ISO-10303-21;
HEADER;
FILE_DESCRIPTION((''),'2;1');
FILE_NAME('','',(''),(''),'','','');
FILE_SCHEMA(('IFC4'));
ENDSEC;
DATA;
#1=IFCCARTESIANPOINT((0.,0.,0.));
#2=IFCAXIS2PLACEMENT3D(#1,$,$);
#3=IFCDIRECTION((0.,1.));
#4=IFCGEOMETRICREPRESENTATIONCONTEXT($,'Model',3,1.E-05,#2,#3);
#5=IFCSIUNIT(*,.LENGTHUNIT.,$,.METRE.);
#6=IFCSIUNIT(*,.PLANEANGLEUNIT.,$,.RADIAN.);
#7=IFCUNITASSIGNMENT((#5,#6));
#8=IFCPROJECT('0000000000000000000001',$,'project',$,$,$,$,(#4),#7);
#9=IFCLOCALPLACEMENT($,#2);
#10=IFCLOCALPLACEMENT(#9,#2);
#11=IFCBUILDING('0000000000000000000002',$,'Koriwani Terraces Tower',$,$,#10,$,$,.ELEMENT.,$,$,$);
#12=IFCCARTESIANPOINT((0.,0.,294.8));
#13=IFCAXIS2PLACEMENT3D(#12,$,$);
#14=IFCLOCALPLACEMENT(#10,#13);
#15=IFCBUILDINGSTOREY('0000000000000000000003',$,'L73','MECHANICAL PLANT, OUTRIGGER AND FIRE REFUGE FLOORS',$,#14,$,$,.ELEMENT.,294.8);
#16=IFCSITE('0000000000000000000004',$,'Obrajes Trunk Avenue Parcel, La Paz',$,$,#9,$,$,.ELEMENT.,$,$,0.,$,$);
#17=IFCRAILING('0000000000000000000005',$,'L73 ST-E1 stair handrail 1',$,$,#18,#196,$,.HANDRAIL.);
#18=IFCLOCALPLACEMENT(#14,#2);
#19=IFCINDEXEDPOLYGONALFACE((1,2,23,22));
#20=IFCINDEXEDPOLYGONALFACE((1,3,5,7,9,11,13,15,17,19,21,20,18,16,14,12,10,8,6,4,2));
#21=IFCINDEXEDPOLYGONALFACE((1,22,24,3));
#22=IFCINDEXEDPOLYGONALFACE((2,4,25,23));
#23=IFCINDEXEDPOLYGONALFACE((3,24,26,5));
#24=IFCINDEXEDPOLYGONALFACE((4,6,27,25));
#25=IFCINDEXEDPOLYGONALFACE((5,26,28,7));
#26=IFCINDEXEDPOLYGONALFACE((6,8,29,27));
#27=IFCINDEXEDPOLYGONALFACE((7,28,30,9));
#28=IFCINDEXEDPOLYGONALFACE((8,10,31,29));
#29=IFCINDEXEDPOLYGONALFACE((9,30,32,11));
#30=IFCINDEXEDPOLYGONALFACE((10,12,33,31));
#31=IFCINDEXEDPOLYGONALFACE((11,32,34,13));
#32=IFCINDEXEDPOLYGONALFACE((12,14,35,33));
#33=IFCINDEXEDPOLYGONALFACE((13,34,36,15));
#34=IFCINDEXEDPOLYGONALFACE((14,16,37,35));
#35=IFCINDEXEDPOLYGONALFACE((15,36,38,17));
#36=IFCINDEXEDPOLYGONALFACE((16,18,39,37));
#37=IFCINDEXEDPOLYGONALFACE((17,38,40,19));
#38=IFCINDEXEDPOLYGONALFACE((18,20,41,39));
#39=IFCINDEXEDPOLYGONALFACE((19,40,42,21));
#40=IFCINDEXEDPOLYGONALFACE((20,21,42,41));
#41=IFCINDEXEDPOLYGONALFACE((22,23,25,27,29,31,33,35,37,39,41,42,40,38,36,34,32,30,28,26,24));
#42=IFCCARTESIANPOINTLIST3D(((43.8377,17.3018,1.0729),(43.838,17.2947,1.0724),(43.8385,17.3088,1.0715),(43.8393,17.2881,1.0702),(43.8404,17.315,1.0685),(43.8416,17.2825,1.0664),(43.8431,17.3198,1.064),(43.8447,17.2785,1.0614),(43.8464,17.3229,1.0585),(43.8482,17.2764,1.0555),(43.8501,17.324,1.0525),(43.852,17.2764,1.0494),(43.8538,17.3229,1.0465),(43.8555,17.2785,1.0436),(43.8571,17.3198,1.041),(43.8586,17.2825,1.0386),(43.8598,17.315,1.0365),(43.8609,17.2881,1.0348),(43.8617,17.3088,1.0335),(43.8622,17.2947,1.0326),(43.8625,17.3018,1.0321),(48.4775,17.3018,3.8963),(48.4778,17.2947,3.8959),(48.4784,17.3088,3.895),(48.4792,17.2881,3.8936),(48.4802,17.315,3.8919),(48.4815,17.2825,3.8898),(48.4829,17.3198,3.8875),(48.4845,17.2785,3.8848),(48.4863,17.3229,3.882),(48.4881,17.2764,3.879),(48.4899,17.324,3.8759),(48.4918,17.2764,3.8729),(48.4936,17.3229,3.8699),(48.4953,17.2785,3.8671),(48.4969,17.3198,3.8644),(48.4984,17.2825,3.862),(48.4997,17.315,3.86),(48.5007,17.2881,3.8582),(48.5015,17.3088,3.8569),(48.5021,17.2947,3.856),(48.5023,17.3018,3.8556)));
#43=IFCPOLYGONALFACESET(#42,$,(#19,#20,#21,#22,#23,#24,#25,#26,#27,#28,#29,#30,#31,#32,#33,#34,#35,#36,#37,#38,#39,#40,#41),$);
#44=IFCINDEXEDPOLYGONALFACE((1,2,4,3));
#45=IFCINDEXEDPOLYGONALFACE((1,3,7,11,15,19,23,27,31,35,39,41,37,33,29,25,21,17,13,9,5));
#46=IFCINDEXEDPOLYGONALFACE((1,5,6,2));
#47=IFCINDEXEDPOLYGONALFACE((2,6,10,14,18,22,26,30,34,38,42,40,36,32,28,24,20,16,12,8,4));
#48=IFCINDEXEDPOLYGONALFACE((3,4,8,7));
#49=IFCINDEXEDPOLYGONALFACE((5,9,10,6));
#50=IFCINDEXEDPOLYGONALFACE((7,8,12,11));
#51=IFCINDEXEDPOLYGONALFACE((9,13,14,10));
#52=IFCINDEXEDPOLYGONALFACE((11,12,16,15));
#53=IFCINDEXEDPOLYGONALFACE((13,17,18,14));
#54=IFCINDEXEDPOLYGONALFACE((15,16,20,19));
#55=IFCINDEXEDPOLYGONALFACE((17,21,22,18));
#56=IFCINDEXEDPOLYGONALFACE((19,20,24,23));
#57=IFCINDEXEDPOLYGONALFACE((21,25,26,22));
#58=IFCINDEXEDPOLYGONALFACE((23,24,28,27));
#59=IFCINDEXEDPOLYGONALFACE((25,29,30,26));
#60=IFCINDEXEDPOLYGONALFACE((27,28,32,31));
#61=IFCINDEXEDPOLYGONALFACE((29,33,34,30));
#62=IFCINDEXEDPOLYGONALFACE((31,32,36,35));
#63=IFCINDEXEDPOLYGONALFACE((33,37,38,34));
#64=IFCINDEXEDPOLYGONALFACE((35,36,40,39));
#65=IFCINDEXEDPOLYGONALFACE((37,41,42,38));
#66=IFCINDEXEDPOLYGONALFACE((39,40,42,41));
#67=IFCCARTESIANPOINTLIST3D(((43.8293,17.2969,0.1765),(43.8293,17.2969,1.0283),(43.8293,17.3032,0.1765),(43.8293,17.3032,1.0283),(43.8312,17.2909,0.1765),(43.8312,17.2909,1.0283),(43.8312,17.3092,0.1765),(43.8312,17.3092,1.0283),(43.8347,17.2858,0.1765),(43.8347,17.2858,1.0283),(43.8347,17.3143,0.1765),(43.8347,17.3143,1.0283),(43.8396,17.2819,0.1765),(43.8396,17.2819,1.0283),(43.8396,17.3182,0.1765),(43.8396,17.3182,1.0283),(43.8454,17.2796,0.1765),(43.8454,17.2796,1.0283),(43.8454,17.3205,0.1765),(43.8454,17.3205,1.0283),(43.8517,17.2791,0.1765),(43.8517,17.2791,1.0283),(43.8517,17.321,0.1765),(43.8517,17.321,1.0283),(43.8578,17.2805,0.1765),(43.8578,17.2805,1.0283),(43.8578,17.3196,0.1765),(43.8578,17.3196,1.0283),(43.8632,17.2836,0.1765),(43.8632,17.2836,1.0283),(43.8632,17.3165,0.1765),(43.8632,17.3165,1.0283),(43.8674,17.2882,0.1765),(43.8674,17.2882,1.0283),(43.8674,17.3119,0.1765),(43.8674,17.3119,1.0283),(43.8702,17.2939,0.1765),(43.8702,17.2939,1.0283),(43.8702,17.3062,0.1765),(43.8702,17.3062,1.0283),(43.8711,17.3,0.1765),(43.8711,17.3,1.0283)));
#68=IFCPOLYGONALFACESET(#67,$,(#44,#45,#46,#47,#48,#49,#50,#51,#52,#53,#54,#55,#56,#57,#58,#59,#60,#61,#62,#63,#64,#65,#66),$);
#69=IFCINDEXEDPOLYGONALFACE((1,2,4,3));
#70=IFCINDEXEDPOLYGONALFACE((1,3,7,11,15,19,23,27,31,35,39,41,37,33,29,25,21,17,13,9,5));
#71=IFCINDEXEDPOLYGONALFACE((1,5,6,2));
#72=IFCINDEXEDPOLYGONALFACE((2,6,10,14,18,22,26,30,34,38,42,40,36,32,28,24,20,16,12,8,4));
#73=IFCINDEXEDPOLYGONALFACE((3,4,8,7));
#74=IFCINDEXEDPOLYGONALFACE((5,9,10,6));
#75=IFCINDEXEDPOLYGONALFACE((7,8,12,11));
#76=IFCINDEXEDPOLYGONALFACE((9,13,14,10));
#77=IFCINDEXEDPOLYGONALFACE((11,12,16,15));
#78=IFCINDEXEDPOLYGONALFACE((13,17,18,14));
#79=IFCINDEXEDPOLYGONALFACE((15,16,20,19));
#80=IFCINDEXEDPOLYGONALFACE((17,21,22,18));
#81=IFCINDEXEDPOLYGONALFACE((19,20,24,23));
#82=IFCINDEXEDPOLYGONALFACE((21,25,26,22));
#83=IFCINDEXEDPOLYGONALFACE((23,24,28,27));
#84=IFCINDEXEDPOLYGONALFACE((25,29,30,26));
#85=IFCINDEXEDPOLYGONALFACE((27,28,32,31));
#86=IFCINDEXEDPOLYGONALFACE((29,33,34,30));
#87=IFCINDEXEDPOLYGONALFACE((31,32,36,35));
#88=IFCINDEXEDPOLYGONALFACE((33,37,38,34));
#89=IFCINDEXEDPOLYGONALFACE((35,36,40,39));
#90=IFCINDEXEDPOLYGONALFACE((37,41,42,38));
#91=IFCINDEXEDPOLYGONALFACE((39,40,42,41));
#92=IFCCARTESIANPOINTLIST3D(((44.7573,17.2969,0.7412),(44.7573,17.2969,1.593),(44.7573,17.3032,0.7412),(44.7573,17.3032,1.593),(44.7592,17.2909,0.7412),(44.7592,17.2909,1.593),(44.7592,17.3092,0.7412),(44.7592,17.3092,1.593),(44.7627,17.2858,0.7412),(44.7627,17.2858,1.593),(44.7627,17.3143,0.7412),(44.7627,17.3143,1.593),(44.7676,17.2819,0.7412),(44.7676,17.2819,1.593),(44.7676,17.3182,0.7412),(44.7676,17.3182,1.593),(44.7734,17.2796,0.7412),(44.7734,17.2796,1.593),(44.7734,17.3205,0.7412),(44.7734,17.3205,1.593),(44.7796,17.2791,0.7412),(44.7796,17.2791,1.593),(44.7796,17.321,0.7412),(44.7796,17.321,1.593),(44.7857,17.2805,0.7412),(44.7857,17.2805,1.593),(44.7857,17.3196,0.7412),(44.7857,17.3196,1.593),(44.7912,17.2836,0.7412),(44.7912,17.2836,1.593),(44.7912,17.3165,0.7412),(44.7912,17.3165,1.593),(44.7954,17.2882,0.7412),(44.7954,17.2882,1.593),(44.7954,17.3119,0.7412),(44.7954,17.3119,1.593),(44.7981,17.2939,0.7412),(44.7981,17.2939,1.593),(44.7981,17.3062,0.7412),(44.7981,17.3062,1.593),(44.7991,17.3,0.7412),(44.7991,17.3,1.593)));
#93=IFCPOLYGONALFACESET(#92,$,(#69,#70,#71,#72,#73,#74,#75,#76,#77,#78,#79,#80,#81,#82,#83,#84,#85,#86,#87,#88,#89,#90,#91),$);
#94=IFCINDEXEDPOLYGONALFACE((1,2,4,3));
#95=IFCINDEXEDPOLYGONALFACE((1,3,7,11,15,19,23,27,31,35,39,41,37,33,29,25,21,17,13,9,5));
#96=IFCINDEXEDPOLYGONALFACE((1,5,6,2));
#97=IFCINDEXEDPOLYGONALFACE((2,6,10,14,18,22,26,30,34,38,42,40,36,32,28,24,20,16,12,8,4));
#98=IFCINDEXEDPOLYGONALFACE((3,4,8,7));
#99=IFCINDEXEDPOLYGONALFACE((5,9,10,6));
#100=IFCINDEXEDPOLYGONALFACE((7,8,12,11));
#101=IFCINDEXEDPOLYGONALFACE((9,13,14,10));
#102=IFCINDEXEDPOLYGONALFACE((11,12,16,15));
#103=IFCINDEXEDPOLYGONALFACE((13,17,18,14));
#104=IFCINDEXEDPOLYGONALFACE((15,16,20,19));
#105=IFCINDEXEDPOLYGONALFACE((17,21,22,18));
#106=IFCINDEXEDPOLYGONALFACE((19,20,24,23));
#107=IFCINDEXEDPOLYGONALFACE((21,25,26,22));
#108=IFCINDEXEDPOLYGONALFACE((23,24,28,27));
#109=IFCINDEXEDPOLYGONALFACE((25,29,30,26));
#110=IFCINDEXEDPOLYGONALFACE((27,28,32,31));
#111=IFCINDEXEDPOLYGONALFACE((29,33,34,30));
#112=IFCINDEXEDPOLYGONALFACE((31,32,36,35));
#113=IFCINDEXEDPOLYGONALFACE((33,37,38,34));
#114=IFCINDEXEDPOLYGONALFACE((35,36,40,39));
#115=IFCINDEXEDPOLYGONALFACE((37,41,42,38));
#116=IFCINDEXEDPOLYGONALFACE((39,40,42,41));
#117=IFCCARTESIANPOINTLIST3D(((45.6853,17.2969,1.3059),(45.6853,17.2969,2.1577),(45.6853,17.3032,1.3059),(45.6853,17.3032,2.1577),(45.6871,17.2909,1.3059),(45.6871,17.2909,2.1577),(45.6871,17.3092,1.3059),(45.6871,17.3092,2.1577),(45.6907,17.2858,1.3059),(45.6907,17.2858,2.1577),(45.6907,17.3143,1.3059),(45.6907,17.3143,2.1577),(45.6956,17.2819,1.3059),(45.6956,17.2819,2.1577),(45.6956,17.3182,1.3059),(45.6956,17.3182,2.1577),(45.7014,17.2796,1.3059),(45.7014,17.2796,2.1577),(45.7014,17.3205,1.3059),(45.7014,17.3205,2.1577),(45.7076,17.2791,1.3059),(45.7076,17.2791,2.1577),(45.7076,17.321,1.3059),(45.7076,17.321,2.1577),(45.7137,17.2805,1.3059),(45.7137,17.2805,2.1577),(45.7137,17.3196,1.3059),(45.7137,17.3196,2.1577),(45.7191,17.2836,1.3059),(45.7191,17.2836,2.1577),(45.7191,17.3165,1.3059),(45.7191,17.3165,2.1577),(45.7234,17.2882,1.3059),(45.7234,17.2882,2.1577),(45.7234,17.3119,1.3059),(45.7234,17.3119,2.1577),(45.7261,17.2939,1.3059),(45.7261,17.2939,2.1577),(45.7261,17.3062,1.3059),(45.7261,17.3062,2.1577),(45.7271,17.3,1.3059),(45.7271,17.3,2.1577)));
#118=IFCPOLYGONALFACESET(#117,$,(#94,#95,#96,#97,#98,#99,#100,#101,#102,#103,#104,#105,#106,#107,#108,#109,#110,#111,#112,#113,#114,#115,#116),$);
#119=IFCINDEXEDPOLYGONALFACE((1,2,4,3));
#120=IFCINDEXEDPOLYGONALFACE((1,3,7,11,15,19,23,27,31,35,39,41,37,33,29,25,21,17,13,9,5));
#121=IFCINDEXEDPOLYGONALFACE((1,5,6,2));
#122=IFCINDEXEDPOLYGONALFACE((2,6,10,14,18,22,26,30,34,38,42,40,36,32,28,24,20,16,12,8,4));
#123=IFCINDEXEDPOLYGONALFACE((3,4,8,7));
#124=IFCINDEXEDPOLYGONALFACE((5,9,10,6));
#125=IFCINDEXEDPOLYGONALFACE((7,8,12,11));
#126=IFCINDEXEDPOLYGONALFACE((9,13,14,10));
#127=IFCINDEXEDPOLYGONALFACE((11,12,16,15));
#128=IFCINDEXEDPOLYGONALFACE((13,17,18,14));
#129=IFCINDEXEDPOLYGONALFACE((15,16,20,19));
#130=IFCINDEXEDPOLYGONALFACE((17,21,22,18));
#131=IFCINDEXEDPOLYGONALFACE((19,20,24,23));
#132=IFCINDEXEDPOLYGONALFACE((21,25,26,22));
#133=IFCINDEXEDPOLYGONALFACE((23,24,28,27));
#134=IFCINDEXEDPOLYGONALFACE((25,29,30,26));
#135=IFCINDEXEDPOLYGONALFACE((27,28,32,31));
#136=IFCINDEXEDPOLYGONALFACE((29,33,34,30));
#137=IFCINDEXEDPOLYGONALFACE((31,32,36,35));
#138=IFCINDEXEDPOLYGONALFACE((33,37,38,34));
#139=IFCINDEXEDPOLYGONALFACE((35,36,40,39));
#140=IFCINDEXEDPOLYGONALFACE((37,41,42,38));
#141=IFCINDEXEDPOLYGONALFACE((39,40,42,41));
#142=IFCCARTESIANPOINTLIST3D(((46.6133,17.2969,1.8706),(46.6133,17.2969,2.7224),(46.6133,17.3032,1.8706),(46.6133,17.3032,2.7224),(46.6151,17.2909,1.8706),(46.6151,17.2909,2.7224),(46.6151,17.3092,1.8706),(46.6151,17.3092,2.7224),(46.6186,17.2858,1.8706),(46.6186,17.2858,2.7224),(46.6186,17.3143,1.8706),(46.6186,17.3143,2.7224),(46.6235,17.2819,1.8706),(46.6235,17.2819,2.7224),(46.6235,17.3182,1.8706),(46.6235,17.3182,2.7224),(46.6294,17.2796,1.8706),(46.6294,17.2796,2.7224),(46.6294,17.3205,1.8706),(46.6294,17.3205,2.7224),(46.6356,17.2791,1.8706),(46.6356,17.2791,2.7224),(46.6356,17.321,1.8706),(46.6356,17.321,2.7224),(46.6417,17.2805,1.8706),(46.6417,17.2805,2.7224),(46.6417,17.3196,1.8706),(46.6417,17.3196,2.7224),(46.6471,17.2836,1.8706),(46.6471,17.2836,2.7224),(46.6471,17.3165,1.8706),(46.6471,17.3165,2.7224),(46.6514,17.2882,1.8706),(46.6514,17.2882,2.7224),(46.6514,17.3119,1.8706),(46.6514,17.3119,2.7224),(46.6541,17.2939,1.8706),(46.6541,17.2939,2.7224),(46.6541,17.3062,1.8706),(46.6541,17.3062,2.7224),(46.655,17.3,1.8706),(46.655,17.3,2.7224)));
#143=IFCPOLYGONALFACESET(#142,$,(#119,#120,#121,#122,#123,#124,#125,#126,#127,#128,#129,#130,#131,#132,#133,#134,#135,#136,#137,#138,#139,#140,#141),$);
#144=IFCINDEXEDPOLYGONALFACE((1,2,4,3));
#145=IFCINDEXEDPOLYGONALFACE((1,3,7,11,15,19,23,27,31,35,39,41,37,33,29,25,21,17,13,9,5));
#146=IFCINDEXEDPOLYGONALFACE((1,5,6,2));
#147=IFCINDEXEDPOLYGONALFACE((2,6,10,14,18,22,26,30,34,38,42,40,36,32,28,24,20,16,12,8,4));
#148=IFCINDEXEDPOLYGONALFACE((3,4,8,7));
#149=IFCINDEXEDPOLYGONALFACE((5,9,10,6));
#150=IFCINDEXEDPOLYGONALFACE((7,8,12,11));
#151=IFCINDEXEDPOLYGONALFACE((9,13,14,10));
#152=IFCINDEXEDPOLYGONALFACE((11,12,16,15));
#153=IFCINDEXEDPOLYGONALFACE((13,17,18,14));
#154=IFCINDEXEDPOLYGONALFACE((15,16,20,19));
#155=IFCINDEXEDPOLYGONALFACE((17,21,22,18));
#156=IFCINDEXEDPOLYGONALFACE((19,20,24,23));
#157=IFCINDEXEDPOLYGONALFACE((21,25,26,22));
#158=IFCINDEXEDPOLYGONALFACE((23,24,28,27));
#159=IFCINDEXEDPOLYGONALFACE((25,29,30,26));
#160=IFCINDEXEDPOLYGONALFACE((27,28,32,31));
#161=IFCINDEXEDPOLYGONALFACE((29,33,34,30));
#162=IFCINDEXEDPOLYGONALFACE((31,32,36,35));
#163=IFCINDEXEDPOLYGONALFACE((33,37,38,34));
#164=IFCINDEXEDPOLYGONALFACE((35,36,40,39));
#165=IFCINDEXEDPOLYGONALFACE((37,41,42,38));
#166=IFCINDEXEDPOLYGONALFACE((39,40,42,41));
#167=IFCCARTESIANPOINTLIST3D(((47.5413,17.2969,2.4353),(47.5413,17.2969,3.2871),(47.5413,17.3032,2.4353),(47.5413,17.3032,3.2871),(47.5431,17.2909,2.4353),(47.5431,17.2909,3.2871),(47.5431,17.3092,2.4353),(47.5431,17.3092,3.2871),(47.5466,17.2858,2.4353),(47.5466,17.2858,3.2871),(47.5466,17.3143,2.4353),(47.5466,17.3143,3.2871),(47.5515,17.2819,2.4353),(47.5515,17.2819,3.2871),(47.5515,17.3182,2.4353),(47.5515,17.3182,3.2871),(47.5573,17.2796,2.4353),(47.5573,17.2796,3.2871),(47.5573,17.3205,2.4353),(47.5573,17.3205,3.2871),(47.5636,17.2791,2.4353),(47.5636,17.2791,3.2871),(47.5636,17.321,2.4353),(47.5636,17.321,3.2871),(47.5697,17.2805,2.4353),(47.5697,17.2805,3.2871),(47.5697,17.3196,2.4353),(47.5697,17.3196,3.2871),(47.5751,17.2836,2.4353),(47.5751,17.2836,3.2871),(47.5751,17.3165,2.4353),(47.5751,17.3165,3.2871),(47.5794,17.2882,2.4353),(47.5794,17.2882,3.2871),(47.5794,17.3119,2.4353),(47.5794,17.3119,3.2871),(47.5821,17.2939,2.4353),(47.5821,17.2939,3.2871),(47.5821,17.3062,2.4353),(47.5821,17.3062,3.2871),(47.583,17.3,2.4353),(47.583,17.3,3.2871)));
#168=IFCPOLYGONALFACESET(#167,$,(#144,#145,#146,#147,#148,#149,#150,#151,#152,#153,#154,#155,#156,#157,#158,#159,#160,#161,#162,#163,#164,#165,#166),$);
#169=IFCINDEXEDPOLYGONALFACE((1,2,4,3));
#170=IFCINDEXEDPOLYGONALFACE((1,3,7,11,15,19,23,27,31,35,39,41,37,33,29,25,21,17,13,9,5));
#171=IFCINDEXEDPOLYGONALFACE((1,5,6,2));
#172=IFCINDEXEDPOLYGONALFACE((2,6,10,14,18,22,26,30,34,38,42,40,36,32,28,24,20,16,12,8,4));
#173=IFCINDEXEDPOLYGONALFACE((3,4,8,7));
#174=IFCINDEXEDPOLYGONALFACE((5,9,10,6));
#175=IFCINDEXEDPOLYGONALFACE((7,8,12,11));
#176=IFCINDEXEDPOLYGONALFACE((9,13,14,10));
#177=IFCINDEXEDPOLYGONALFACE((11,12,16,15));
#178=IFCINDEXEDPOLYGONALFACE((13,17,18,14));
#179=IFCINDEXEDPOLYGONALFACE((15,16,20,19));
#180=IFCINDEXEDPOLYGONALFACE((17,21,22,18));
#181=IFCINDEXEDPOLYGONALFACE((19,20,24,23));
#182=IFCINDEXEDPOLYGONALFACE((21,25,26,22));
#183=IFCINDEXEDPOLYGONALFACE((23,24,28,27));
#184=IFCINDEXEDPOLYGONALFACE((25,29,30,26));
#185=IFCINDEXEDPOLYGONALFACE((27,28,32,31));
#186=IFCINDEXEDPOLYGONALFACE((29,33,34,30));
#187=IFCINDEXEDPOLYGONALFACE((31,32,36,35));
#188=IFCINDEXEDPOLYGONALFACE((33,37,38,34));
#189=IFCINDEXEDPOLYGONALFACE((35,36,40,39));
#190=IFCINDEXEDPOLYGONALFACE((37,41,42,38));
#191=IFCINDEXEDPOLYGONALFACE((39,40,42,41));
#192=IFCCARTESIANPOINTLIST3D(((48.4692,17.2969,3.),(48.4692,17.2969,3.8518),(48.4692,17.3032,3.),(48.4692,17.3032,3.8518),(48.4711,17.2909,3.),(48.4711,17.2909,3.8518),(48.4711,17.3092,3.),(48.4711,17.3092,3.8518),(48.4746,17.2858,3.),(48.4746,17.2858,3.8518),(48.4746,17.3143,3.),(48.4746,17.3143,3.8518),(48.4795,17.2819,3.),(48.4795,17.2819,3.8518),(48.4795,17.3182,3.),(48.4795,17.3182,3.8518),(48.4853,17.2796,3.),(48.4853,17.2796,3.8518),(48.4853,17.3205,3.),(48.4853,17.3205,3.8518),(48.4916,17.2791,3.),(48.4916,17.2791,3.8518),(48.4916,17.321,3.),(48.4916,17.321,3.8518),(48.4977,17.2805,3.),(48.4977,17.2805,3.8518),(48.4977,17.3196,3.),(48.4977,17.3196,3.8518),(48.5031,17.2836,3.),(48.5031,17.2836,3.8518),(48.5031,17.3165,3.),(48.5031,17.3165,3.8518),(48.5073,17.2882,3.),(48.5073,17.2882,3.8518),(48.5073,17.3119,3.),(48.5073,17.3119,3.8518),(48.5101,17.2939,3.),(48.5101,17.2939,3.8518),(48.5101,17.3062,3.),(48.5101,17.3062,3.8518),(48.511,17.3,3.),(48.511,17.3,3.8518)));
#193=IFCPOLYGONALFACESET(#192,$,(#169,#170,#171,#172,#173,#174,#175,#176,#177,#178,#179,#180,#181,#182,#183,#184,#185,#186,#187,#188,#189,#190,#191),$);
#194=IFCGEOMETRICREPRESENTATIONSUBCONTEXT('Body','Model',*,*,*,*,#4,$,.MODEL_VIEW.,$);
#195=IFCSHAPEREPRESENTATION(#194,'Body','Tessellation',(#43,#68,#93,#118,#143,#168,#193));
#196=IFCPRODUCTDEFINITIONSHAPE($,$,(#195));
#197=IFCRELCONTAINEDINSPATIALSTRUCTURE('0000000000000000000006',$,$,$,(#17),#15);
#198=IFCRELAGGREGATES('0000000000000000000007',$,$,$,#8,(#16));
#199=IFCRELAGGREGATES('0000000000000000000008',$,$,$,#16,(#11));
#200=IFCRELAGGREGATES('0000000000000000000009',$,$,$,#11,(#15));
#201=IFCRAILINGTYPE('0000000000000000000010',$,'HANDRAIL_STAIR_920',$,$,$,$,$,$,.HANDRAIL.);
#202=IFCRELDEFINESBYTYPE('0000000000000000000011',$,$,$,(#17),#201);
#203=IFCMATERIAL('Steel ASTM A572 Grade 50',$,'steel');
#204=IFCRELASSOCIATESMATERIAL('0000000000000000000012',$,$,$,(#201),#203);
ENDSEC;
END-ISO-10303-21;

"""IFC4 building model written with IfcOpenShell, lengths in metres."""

from ifc_helpers import new_model, si_unit, direction, frame, origin, origin_2d, place, context, subcontext, project, spatial, circle, extrude, material, type_object, element, save


model = new_model("IFC4")

# Units and contexts
model_context = context("Model", 3, precision=1e-05, world=origin(), true_north=direction((0.0, 1.0)))
body_context = subcontext(model_context, "Body", "Model", "MODEL_VIEW")
ifc_project = project(units=[si_unit("LENGTHUNIT", "METRE"), si_unit("PLANEANGLEUNIT", "RADIAN")], contexts=[model_context])

# Site, building, storey
site_placement = place(None, origin())
site = spatial("IfcSite", under=ifc_project, at=site_placement, Name="Obrajes Trunk Avenue Parcel, La Paz", CompositionType="ELEMENT", RefElevation=0.0)
building_placement = place(site_placement, origin())
building = spatial("IfcBuilding", under=site, at=building_placement, Name="Koriwani Terraces Tower", CompositionType="ELEMENT")
storey_placement = place(building_placement, frame((0.0, 0.0, 294.8)))
storey = spatial("IfcBuildingStorey", under=building, at=storey_placement, Name="L73", Description="MECHANICAL PLANT, OUTRIGGER AND FIRE REFUGE FLOORS", CompositionType="ELEMENT", Elevation=294.8)

# Shared definitions
ifc_material_1 = material(Name="Steel ASTM A572 Grade 50", Category="steel")

# Railing
railing_type_1 = type_object("IfcRailingType", Name="HANDRAIL_STAIR_920", PredefinedType="HANDRAIL", material=ifc_material_1)
for number, where, name in (
    (1, (43.8501, 17.3, 0.1765), "L73 ST-E1 stair handrail 1"),
):
    element("IfcRailing", number, at=place(storey_placement, frame(where)), inside=storey, type_object=railing_type_1, Name=name, PredefinedType="HANDRAIL", context=body_context, shape_type="SweptSolid", body=[
        extrude(circle(Radius=0.0239, at=origin_2d()), frame((0.0, 0.0, 0.876), z_axis=(0.854264, 0.0, 0.51984), x_axis=(0.0, 1.0, 0.0)), (0.0, 0.0, 1.0), 5.4314),
        extrude(circle(Radius=0.021, at=origin_2d()), origin(), (0.0, 0.0, 1.0), 0.8518),
        extrude(circle(Radius=0.021, at=origin_2d()), frame((0.928, 0.0, 0.5647)), (0.0, 0.0, 1.0), 0.8518),
        extrude(circle(Radius=0.021, at=origin_2d()), frame((1.856, 0.0, 1.1294)), (0.0, 0.0, 1.0), 0.8518),
        extrude(circle(Radius=0.021, at=origin_2d()), frame((2.7839, 0.0, 1.6941)), (0.0, 0.0, 1.0), 0.8518),
        extrude(circle(Radius=0.021, at=origin_2d()), frame((3.7119, 0.0, 2.2588)), (0.0, 0.0, 1.0), 0.8518),
        extrude(circle(Radius=0.021, at=origin_2d()), frame((4.6399, 0.0, 2.8235)), (0.0, 0.0, 1.0), 0.8518),
    ])

save(model, "model.ifc")
